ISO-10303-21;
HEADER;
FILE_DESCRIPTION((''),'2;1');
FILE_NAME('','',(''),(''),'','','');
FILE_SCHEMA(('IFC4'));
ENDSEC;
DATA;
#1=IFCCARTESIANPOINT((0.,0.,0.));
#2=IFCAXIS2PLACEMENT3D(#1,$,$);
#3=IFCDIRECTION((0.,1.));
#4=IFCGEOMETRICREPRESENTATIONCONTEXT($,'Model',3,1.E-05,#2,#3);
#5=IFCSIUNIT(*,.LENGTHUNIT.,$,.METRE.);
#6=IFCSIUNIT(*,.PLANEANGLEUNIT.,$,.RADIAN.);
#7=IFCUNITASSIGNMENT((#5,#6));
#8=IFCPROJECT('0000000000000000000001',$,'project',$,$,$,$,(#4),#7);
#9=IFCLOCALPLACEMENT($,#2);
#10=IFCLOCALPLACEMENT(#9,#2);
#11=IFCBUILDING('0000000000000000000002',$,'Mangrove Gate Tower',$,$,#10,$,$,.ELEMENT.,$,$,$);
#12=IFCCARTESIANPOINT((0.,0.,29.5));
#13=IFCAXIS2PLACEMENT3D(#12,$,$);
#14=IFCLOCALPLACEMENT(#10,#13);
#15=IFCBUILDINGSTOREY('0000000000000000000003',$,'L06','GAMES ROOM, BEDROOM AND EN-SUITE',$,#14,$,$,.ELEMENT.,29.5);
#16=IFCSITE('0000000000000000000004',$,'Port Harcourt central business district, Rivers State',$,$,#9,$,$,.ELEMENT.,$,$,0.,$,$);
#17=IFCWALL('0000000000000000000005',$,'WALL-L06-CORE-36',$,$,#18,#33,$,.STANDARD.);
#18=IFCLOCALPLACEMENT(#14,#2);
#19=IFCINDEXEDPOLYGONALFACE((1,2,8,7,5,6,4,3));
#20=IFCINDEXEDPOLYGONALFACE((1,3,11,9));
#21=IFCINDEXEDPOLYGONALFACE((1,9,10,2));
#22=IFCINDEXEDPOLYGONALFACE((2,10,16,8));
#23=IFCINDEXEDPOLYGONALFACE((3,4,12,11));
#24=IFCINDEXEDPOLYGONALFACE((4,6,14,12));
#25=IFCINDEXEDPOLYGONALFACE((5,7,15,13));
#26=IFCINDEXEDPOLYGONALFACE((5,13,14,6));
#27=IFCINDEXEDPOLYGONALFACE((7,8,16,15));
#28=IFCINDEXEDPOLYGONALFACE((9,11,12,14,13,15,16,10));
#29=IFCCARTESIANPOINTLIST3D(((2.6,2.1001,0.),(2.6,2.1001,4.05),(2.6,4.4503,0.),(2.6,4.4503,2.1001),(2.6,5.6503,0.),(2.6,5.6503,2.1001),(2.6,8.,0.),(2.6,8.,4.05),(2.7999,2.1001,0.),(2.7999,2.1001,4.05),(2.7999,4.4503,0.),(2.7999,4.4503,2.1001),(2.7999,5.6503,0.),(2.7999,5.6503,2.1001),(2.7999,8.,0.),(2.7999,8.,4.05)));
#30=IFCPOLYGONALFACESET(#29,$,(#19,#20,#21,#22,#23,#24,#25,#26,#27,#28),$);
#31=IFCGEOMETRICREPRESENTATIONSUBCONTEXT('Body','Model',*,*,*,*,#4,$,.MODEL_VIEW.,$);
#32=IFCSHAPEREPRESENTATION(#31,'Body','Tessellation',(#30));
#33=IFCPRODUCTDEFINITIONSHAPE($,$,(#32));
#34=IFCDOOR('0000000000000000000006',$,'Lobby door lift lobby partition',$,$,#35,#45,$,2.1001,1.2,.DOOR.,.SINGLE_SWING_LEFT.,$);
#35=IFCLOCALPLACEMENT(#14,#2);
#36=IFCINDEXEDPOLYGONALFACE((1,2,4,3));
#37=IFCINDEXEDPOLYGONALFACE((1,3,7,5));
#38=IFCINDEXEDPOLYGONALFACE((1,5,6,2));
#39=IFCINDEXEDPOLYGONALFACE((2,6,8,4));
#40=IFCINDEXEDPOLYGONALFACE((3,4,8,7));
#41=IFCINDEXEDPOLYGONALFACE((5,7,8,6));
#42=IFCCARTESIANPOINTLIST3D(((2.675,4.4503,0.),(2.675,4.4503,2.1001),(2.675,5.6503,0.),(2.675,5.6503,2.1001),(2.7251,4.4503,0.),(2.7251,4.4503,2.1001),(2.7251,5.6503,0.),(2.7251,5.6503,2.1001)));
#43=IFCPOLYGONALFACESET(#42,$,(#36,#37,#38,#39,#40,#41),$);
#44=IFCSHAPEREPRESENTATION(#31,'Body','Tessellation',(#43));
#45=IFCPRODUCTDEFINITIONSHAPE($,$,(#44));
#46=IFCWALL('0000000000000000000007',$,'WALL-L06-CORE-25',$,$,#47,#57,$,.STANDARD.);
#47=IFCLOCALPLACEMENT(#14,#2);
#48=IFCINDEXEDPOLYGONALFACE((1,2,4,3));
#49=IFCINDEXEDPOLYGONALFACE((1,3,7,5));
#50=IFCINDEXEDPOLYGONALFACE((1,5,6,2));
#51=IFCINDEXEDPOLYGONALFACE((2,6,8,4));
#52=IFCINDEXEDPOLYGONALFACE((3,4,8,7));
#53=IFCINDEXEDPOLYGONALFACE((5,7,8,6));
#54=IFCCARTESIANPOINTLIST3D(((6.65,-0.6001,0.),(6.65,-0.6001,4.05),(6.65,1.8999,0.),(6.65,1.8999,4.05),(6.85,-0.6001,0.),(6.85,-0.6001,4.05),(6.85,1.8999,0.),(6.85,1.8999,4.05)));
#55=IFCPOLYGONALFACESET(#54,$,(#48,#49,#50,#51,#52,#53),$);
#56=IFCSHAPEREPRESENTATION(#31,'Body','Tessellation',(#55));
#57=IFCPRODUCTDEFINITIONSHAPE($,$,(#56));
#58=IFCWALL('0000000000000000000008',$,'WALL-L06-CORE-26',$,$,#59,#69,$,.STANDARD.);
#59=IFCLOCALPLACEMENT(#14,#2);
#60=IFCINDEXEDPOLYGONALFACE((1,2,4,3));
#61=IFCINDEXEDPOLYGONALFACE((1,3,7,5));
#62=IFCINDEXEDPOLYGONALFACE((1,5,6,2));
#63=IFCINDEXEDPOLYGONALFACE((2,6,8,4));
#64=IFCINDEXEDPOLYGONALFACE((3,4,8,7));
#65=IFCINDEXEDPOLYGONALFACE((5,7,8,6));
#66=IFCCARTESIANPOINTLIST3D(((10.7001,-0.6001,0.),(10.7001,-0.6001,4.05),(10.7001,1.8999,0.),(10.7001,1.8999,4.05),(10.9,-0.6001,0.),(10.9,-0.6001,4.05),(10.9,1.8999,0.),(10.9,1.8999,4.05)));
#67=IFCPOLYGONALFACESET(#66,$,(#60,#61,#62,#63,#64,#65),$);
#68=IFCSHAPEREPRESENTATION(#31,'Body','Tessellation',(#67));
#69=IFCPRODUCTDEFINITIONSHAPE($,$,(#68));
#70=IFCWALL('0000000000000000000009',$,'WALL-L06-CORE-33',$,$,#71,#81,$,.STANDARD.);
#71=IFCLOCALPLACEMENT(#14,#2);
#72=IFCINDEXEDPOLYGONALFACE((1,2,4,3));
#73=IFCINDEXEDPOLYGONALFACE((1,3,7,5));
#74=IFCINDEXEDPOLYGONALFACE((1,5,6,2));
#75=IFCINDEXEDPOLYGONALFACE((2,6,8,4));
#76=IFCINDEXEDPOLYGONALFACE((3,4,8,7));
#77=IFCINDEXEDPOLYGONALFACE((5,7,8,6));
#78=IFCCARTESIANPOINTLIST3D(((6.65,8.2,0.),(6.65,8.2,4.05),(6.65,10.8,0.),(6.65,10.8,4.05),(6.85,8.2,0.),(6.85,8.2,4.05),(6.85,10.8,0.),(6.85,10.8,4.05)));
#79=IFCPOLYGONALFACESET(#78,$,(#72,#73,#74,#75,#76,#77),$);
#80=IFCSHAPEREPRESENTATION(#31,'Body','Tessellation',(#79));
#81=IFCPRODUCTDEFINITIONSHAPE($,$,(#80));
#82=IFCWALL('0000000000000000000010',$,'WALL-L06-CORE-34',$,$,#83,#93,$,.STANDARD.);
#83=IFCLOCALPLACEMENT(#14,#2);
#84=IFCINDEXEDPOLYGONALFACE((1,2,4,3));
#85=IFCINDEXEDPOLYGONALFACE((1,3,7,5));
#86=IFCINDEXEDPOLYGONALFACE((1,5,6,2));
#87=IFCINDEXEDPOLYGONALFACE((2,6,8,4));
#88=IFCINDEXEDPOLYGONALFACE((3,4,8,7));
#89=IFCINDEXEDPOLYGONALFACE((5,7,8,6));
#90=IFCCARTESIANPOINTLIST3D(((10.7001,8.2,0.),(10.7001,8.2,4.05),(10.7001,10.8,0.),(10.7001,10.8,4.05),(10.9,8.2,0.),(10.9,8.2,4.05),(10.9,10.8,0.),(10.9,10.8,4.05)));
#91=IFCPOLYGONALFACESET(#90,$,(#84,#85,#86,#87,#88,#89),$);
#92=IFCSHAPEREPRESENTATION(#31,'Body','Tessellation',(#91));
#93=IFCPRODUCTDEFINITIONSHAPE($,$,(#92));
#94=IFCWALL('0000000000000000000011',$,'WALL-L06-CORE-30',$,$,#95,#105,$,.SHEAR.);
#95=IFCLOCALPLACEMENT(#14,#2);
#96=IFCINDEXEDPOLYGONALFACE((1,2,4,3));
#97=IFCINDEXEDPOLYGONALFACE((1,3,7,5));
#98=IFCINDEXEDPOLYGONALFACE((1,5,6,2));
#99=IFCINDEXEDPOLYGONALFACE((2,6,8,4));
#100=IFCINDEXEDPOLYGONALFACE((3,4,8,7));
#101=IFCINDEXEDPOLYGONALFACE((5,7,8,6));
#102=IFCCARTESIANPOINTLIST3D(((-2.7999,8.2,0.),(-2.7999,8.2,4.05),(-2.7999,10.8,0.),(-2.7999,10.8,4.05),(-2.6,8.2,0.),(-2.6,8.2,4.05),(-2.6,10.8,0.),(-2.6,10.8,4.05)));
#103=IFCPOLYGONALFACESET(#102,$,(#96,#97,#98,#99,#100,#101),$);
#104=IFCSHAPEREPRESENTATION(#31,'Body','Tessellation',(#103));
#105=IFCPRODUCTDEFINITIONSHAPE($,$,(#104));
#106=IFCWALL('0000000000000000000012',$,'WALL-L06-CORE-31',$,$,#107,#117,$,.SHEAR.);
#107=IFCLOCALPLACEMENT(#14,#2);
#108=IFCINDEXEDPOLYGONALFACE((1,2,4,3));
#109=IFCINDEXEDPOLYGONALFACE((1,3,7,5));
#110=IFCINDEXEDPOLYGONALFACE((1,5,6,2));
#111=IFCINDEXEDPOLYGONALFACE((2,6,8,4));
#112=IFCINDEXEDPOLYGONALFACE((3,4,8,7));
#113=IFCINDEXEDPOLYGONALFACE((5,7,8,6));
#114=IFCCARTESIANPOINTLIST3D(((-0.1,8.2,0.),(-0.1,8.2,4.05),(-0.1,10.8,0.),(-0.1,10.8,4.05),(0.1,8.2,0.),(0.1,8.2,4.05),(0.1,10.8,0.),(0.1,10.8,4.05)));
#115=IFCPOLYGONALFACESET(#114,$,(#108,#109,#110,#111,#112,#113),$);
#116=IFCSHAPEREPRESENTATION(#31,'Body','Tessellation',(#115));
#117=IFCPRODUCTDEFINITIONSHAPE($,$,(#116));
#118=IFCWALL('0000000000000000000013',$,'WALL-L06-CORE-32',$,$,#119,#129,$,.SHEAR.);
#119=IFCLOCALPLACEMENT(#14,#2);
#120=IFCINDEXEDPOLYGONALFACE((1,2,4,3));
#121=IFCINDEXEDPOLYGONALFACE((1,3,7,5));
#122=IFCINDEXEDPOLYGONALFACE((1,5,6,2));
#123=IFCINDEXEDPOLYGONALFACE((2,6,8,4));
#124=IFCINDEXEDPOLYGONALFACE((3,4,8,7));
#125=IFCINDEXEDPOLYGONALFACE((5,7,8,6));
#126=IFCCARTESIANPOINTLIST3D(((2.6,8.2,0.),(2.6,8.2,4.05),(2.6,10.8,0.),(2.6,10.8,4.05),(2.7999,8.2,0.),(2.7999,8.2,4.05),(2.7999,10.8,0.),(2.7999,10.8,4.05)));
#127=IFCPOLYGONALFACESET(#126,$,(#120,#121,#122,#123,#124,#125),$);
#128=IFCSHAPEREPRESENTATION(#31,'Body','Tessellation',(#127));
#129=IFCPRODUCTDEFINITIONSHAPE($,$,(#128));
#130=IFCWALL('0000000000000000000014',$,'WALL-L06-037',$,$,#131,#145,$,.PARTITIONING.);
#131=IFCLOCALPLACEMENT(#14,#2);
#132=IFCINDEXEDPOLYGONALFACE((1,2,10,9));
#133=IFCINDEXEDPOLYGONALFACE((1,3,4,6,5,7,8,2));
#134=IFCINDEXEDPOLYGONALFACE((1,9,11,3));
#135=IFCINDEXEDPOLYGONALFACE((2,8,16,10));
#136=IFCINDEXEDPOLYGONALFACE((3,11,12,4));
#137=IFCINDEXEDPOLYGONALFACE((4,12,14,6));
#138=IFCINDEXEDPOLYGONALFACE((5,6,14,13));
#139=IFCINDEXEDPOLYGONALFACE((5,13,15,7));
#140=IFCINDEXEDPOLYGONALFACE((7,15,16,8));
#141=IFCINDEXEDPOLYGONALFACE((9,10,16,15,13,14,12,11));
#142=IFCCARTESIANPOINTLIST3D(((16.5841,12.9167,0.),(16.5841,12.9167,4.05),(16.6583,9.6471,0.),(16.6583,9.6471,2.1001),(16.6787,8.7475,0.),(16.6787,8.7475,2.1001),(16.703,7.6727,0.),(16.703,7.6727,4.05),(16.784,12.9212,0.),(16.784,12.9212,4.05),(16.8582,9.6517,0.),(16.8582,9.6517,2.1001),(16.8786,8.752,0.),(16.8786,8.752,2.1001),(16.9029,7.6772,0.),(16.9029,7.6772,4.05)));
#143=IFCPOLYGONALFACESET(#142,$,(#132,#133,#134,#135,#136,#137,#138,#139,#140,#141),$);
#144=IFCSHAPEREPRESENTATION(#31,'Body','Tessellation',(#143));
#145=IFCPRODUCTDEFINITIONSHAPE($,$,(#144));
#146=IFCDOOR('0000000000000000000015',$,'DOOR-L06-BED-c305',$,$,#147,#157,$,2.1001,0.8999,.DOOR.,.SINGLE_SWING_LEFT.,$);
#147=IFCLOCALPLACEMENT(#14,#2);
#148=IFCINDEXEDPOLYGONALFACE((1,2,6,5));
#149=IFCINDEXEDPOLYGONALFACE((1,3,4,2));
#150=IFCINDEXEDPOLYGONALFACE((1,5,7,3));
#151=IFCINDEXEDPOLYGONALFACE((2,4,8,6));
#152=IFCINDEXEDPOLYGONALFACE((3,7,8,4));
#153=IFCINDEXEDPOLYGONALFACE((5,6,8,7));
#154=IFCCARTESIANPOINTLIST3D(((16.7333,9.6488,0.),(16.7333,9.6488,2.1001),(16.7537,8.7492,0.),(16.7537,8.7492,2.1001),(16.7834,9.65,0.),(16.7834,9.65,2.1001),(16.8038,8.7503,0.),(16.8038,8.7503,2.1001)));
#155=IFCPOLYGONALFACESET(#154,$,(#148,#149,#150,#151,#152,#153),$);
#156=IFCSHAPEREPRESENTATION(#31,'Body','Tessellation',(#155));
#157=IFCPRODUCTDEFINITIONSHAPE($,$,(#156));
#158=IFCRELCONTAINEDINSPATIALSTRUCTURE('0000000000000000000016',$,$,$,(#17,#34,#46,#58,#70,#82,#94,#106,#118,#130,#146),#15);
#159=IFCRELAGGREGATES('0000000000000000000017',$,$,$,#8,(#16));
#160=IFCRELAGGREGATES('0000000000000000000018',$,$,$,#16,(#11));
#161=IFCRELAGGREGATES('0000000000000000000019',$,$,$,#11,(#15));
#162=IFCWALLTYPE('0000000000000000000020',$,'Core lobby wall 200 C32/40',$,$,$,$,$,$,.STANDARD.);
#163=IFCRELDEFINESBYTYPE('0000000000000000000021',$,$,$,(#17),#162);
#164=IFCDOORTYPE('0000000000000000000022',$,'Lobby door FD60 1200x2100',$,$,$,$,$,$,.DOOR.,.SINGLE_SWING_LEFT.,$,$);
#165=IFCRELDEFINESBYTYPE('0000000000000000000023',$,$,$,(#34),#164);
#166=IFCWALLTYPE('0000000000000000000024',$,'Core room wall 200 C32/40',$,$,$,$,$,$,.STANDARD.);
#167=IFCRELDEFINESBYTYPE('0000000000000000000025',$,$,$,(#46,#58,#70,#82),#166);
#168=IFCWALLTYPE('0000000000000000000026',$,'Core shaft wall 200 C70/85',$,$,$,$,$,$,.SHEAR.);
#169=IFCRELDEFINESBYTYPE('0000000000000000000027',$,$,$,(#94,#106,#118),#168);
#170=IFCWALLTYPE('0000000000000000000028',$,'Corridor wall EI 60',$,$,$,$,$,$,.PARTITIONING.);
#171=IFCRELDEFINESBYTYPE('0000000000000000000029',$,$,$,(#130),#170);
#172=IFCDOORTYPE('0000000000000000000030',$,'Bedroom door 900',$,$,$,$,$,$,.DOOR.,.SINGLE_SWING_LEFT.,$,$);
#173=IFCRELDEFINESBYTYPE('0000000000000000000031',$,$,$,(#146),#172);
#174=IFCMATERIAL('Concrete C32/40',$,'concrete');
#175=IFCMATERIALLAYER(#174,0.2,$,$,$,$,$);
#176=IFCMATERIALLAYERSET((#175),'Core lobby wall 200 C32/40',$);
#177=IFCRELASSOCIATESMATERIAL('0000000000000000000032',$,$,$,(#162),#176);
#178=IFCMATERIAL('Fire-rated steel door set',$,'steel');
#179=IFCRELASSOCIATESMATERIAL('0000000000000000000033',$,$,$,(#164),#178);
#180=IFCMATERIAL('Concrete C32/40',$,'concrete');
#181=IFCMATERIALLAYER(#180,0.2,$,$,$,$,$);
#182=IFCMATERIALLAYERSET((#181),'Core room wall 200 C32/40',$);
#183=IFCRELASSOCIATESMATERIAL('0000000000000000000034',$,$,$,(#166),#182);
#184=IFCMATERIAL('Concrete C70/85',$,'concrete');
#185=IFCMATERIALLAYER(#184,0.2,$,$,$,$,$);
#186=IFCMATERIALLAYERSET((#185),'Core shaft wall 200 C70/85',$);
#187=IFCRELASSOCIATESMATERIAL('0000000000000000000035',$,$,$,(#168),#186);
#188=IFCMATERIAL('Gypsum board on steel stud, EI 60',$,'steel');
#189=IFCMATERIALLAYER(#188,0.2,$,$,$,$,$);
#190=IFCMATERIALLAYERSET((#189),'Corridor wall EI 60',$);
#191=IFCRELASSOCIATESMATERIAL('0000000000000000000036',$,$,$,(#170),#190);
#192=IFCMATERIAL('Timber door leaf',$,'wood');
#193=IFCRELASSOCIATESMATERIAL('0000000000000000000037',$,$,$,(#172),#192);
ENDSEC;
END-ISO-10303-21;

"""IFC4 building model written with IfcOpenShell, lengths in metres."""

from ifc_helpers import new_model, si_unit, direction, frame, frame_2d, origin, place, context, subcontext, project, spatial, rectangle, extrude, material, layer, layer_set, type_object, element, fill, save


model = new_model("IFC4")

# Units and contexts
model_context = context("Model", 3, precision=1e-05, world=origin(), true_north=direction((0.0, 1.0)))
body_context = subcontext(model_context, "Body", "Model", "MODEL_VIEW")
ifc_project = project(units=[si_unit("LENGTHUNIT", "METRE"), si_unit("PLANEANGLEUNIT", "RADIAN")], contexts=[model_context])

# Site, building, storey
site_placement = place(None, origin())
site = spatial("IfcSite", under=ifc_project, at=site_placement, Name="Port Harcourt central business district, Rivers State", CompositionType="ELEMENT", RefElevation=0.0)
building_placement = place(site_placement, origin())
building = spatial("IfcBuilding", under=site, at=building_placement, Name="Mangrove Gate Tower", CompositionType="ELEMENT")
storey_placement = place(building_placement, frame((0.0, 0.0, 29.5)))
storey = spatial("IfcBuildingStorey", under=building, at=storey_placement, Name="L06", Description="GAMES ROOM, BEDROOM AND EN-SUITE", CompositionType="ELEMENT", Elevation=29.5)

# Wall, opening, door
ifc_material_1 = material(Name="Concrete C32/40", Category="concrete")
ifc_layer_1 = layer(ifc_material_1, 0.2)
ifc_layer_set_1 = layer_set([ifc_layer_1], Name="Core lobby wall 200 C32/40")
wall_type_1 = type_object("IfcWallType", Name="Core lobby wall 200 C32/40", PredefinedType="STANDARD", material=ifc_layer_set_1)
wall_1_placement = place(storey_placement, frame((2.7, 2.1001, 0.0), z_axis=(0.0, 0.0, 1.0), x_axis=(0.0, 1.0, 0.0)))
wall_1 = element("IfcWall", 1, at=wall_1_placement, inside=storey, type_object=wall_type_1, Name="WALL-L06-CORE-36", PredefinedType="STANDARD", context=body_context, shape_type="SweptSolid", body=[
    extrude(rectangle(XDim=5.8999, YDim=0.2, at=frame_2d((2.95, 0.0))), origin(), (0.0, 0.0, 1.0), 4.05),
])
opening_1_placement = place(wall_1_placement, frame((2.3501, 0.0, 0.0)))
opening_1 = element("IfcOpeningElement", 2, at=opening_1_placement, cuts=wall_1, PredefinedType="OPENING", context=body_context, shape_type="SweptSolid", body=[
    extrude(rectangle(XDim=1.2, YDim=2.1001, at=frame_2d((0.6001, 1.05))), frame((0.0, 0.1099, 0.0), z_axis=(0.0, -1.0, 0.0), x_axis=(1.0, 0.0, 0.0)), (0.0, 0.0, 1.0), 0.22),
])
ifc_material_2 = material(Name="Fire-rated steel door set", Category="steel")
door_type_1 = type_object("IfcDoorType", Name="Lobby door FD60 1200x2100", OperationType="SINGLE_SWING_LEFT", PredefinedType="DOOR", material=ifc_material_2)
door_1_placement = place(opening_1_placement, origin())
door_1 = element("IfcDoor", 3, at=door_1_placement, inside=storey, type_object=door_type_1, Name="Lobby door lift lobby partition", OperationType="SINGLE_SWING_LEFT", OverallHeight=2.1001, OverallWidth=1.2, PredefinedType="DOOR", context=body_context, shape_type="SweptSolid", body=[
    extrude(rectangle(XDim=1.2, YDim=2.1001, at=frame_2d((0.6001, 1.05))), frame((0.0, 0.0249, 0.0), z_axis=(0.0, -1.0, 0.0), x_axis=(1.0, 0.0, 0.0)), (0.0, 0.0, 1.0), 0.05),
])
fill(opening_1, door_1)

# Walls
ifc_material_3 = material(Name="Concrete C32/40", Category="concrete")
ifc_layer_2 = layer(ifc_material_3, 0.2)
ifc_layer_set_2 = layer_set([ifc_layer_2], Name="Core room wall 200 C32/40")
wall_type_2 = type_object("IfcWallType", Name="Core room wall 200 C32/40", PredefinedType="STANDARD", material=ifc_layer_set_2)
for number, where, z_axis, x_axis, name in (
    (4, (6.75, -0.6001, 0.0), (0.0, 0.0, 1.0), (0.0, 1.0, 0.0), "WALL-L06-CORE-25"),
    (5, (10.8, -0.6001, 0.0), (0.0, 0.0, 1.0), (0.0, 1.0, 0.0), "WALL-L06-CORE-26"),
):
    element("IfcWall", number, at=place(storey_placement, frame(where, z_axis=z_axis, x_axis=x_axis)), inside=storey, type_object=wall_type_2, Name=name, PredefinedType="STANDARD", context=body_context, shape_type="SweptSolid", body=[
        extrude(rectangle(XDim=2.5, YDim=0.2, at=frame_2d((1.25, 0.0))), origin(), (0.0, 0.0, 1.0), 4.05),
    ])
for number, where, z_axis, x_axis, name in (
    (6, (6.75, 8.2, 0.0), (0.0, 0.0, 1.0), (0.0, 1.0, 0.0), "WALL-L06-CORE-33"),
    (7, (10.8, 8.2, 0.0), (0.0, 0.0, 1.0), (0.0, 1.0, 0.0), "WALL-L06-CORE-34"),
):
    element("IfcWall", number, at=place(storey_placement, frame(where, z_axis=z_axis, x_axis=x_axis)), inside=storey, type_object=wall_type_2, Name=name, PredefinedType="STANDARD", context=body_context, shape_type="SweptSolid", body=[
        extrude(rectangle(XDim=2.6001, YDim=0.2, at=frame_2d((1.3, 0.0))), origin(), (0.0, 0.0, 1.0), 4.05),
    ])
ifc_material_4 = material(Name="Concrete C70/85", Category="concrete")
ifc_layer_3 = layer(ifc_material_4, 0.2)
ifc_layer_set_3 = layer_set([ifc_layer_3], Name="Core shaft wall 200 C70/85")
wall_type_3 = type_object("IfcWallType", Name="Core shaft wall 200 C70/85", PredefinedType="SHEAR", material=ifc_layer_set_3)
for number, where, z_axis, x_axis, name in (
    (8, (-2.7, 8.2, 0.0), (0.0, 0.0, 1.0), (0.0, 1.0, 0.0), "WALL-L06-CORE-30"),
    (9, (0.0, 8.2, 0.0), (0.0, 0.0, 1.0), (0.0, 1.0, 0.0), "WALL-L06-CORE-31"),
    (10, (2.7, 8.2, 0.0), (0.0, 0.0, 1.0), (0.0, 1.0, 0.0), "WALL-L06-CORE-32"),
):
    element("IfcWall", number, at=place(storey_placement, frame(where, z_axis=z_axis, x_axis=x_axis)), inside=storey, type_object=wall_type_3, Name=name, PredefinedType="SHEAR", context=body_context, shape_type="SweptSolid", body=[
        extrude(rectangle(XDim=2.6001, YDim=0.2, at=frame_2d((1.3, 0.0))), origin(), (0.0, 0.0, 1.0), 4.05),
    ])

# Wall, opening, door
ifc_material_5 = material(Name="Gypsum board on steel stud, EI 60", Category="steel")
ifc_layer_4 = layer(ifc_material_5, 0.2)
ifc_layer_set_4 = layer_set([ifc_layer_4], Name="Corridor wall EI 60")
wall_type_4 = type_object("IfcWallType", Name="Corridor wall EI 60", PredefinedType="PARTITIONING", material=ifc_layer_set_4)
wall_2_placement = place(storey_placement, frame((16.803, 7.675, 0.0), z_axis=(0.0, 0.0, 1.0), x_axis=(-0.022667, 0.999743, 0.0)))
wall_2 = element("IfcWall", 11, at=wall_2_placement, inside=storey, type_object=wall_type_4, Name="WALL-L06-037", PredefinedType="PARTITIONING", context=body_context, shape_type="SweptSolid", body=[
    extrude(rectangle(XDim=5.2454, YDim=0.2, at=frame_2d((2.6226, 0.0))), origin(), (0.0, 0.0, 1.0), 4.05),
])
opening_2_placement = place(wall_2_placement, frame((1.075, 0.0, 0.0)))
opening_2 = element("IfcOpeningElement", 12, at=opening_2_placement, cuts=wall_2, PredefinedType="OPENING", context=body_context, shape_type="SweptSolid", body=[
    extrude(rectangle(XDim=0.8999, YDim=2.1001, at=frame_2d((0.45, 1.05))), frame((0.0, 0.1099, 0.0), z_axis=(0.0, -1.0, 0.0), x_axis=(1.0, 0.0, 0.0)), (0.0, 0.0, 1.0), 0.22),
])
ifc_material_6 = material(Name="Timber door leaf", Category="wood")
door_type_2 = type_object("IfcDoorType", Name="Bedroom door 900", OperationType="SINGLE_SWING_LEFT", PredefinedType="DOOR", material=ifc_material_6)
door_2_placement = place(opening_2_placement, origin())
door_2 = element("IfcDoor", 13, at=door_2_placement, inside=storey, type_object=door_type_2, Name="DOOR-L06-BED-c305", OperationType="SINGLE_SWING_LEFT", OverallHeight=2.1001, OverallWidth=0.8999, PredefinedType="DOOR", context=body_context, shape_type="SweptSolid", body=[
    extrude(rectangle(XDim=0.8999, YDim=2.1001, at=frame_2d((0.45, 1.05))), frame((0.0, 0.0249, 0.0), z_axis=(0.0, -1.0, 0.0), x_axis=(1.0, 0.0, 0.0)), (0.0, 0.0, 1.0), 0.05),
])
fill(opening_2, door_2)

save(model, "model.ifc")
